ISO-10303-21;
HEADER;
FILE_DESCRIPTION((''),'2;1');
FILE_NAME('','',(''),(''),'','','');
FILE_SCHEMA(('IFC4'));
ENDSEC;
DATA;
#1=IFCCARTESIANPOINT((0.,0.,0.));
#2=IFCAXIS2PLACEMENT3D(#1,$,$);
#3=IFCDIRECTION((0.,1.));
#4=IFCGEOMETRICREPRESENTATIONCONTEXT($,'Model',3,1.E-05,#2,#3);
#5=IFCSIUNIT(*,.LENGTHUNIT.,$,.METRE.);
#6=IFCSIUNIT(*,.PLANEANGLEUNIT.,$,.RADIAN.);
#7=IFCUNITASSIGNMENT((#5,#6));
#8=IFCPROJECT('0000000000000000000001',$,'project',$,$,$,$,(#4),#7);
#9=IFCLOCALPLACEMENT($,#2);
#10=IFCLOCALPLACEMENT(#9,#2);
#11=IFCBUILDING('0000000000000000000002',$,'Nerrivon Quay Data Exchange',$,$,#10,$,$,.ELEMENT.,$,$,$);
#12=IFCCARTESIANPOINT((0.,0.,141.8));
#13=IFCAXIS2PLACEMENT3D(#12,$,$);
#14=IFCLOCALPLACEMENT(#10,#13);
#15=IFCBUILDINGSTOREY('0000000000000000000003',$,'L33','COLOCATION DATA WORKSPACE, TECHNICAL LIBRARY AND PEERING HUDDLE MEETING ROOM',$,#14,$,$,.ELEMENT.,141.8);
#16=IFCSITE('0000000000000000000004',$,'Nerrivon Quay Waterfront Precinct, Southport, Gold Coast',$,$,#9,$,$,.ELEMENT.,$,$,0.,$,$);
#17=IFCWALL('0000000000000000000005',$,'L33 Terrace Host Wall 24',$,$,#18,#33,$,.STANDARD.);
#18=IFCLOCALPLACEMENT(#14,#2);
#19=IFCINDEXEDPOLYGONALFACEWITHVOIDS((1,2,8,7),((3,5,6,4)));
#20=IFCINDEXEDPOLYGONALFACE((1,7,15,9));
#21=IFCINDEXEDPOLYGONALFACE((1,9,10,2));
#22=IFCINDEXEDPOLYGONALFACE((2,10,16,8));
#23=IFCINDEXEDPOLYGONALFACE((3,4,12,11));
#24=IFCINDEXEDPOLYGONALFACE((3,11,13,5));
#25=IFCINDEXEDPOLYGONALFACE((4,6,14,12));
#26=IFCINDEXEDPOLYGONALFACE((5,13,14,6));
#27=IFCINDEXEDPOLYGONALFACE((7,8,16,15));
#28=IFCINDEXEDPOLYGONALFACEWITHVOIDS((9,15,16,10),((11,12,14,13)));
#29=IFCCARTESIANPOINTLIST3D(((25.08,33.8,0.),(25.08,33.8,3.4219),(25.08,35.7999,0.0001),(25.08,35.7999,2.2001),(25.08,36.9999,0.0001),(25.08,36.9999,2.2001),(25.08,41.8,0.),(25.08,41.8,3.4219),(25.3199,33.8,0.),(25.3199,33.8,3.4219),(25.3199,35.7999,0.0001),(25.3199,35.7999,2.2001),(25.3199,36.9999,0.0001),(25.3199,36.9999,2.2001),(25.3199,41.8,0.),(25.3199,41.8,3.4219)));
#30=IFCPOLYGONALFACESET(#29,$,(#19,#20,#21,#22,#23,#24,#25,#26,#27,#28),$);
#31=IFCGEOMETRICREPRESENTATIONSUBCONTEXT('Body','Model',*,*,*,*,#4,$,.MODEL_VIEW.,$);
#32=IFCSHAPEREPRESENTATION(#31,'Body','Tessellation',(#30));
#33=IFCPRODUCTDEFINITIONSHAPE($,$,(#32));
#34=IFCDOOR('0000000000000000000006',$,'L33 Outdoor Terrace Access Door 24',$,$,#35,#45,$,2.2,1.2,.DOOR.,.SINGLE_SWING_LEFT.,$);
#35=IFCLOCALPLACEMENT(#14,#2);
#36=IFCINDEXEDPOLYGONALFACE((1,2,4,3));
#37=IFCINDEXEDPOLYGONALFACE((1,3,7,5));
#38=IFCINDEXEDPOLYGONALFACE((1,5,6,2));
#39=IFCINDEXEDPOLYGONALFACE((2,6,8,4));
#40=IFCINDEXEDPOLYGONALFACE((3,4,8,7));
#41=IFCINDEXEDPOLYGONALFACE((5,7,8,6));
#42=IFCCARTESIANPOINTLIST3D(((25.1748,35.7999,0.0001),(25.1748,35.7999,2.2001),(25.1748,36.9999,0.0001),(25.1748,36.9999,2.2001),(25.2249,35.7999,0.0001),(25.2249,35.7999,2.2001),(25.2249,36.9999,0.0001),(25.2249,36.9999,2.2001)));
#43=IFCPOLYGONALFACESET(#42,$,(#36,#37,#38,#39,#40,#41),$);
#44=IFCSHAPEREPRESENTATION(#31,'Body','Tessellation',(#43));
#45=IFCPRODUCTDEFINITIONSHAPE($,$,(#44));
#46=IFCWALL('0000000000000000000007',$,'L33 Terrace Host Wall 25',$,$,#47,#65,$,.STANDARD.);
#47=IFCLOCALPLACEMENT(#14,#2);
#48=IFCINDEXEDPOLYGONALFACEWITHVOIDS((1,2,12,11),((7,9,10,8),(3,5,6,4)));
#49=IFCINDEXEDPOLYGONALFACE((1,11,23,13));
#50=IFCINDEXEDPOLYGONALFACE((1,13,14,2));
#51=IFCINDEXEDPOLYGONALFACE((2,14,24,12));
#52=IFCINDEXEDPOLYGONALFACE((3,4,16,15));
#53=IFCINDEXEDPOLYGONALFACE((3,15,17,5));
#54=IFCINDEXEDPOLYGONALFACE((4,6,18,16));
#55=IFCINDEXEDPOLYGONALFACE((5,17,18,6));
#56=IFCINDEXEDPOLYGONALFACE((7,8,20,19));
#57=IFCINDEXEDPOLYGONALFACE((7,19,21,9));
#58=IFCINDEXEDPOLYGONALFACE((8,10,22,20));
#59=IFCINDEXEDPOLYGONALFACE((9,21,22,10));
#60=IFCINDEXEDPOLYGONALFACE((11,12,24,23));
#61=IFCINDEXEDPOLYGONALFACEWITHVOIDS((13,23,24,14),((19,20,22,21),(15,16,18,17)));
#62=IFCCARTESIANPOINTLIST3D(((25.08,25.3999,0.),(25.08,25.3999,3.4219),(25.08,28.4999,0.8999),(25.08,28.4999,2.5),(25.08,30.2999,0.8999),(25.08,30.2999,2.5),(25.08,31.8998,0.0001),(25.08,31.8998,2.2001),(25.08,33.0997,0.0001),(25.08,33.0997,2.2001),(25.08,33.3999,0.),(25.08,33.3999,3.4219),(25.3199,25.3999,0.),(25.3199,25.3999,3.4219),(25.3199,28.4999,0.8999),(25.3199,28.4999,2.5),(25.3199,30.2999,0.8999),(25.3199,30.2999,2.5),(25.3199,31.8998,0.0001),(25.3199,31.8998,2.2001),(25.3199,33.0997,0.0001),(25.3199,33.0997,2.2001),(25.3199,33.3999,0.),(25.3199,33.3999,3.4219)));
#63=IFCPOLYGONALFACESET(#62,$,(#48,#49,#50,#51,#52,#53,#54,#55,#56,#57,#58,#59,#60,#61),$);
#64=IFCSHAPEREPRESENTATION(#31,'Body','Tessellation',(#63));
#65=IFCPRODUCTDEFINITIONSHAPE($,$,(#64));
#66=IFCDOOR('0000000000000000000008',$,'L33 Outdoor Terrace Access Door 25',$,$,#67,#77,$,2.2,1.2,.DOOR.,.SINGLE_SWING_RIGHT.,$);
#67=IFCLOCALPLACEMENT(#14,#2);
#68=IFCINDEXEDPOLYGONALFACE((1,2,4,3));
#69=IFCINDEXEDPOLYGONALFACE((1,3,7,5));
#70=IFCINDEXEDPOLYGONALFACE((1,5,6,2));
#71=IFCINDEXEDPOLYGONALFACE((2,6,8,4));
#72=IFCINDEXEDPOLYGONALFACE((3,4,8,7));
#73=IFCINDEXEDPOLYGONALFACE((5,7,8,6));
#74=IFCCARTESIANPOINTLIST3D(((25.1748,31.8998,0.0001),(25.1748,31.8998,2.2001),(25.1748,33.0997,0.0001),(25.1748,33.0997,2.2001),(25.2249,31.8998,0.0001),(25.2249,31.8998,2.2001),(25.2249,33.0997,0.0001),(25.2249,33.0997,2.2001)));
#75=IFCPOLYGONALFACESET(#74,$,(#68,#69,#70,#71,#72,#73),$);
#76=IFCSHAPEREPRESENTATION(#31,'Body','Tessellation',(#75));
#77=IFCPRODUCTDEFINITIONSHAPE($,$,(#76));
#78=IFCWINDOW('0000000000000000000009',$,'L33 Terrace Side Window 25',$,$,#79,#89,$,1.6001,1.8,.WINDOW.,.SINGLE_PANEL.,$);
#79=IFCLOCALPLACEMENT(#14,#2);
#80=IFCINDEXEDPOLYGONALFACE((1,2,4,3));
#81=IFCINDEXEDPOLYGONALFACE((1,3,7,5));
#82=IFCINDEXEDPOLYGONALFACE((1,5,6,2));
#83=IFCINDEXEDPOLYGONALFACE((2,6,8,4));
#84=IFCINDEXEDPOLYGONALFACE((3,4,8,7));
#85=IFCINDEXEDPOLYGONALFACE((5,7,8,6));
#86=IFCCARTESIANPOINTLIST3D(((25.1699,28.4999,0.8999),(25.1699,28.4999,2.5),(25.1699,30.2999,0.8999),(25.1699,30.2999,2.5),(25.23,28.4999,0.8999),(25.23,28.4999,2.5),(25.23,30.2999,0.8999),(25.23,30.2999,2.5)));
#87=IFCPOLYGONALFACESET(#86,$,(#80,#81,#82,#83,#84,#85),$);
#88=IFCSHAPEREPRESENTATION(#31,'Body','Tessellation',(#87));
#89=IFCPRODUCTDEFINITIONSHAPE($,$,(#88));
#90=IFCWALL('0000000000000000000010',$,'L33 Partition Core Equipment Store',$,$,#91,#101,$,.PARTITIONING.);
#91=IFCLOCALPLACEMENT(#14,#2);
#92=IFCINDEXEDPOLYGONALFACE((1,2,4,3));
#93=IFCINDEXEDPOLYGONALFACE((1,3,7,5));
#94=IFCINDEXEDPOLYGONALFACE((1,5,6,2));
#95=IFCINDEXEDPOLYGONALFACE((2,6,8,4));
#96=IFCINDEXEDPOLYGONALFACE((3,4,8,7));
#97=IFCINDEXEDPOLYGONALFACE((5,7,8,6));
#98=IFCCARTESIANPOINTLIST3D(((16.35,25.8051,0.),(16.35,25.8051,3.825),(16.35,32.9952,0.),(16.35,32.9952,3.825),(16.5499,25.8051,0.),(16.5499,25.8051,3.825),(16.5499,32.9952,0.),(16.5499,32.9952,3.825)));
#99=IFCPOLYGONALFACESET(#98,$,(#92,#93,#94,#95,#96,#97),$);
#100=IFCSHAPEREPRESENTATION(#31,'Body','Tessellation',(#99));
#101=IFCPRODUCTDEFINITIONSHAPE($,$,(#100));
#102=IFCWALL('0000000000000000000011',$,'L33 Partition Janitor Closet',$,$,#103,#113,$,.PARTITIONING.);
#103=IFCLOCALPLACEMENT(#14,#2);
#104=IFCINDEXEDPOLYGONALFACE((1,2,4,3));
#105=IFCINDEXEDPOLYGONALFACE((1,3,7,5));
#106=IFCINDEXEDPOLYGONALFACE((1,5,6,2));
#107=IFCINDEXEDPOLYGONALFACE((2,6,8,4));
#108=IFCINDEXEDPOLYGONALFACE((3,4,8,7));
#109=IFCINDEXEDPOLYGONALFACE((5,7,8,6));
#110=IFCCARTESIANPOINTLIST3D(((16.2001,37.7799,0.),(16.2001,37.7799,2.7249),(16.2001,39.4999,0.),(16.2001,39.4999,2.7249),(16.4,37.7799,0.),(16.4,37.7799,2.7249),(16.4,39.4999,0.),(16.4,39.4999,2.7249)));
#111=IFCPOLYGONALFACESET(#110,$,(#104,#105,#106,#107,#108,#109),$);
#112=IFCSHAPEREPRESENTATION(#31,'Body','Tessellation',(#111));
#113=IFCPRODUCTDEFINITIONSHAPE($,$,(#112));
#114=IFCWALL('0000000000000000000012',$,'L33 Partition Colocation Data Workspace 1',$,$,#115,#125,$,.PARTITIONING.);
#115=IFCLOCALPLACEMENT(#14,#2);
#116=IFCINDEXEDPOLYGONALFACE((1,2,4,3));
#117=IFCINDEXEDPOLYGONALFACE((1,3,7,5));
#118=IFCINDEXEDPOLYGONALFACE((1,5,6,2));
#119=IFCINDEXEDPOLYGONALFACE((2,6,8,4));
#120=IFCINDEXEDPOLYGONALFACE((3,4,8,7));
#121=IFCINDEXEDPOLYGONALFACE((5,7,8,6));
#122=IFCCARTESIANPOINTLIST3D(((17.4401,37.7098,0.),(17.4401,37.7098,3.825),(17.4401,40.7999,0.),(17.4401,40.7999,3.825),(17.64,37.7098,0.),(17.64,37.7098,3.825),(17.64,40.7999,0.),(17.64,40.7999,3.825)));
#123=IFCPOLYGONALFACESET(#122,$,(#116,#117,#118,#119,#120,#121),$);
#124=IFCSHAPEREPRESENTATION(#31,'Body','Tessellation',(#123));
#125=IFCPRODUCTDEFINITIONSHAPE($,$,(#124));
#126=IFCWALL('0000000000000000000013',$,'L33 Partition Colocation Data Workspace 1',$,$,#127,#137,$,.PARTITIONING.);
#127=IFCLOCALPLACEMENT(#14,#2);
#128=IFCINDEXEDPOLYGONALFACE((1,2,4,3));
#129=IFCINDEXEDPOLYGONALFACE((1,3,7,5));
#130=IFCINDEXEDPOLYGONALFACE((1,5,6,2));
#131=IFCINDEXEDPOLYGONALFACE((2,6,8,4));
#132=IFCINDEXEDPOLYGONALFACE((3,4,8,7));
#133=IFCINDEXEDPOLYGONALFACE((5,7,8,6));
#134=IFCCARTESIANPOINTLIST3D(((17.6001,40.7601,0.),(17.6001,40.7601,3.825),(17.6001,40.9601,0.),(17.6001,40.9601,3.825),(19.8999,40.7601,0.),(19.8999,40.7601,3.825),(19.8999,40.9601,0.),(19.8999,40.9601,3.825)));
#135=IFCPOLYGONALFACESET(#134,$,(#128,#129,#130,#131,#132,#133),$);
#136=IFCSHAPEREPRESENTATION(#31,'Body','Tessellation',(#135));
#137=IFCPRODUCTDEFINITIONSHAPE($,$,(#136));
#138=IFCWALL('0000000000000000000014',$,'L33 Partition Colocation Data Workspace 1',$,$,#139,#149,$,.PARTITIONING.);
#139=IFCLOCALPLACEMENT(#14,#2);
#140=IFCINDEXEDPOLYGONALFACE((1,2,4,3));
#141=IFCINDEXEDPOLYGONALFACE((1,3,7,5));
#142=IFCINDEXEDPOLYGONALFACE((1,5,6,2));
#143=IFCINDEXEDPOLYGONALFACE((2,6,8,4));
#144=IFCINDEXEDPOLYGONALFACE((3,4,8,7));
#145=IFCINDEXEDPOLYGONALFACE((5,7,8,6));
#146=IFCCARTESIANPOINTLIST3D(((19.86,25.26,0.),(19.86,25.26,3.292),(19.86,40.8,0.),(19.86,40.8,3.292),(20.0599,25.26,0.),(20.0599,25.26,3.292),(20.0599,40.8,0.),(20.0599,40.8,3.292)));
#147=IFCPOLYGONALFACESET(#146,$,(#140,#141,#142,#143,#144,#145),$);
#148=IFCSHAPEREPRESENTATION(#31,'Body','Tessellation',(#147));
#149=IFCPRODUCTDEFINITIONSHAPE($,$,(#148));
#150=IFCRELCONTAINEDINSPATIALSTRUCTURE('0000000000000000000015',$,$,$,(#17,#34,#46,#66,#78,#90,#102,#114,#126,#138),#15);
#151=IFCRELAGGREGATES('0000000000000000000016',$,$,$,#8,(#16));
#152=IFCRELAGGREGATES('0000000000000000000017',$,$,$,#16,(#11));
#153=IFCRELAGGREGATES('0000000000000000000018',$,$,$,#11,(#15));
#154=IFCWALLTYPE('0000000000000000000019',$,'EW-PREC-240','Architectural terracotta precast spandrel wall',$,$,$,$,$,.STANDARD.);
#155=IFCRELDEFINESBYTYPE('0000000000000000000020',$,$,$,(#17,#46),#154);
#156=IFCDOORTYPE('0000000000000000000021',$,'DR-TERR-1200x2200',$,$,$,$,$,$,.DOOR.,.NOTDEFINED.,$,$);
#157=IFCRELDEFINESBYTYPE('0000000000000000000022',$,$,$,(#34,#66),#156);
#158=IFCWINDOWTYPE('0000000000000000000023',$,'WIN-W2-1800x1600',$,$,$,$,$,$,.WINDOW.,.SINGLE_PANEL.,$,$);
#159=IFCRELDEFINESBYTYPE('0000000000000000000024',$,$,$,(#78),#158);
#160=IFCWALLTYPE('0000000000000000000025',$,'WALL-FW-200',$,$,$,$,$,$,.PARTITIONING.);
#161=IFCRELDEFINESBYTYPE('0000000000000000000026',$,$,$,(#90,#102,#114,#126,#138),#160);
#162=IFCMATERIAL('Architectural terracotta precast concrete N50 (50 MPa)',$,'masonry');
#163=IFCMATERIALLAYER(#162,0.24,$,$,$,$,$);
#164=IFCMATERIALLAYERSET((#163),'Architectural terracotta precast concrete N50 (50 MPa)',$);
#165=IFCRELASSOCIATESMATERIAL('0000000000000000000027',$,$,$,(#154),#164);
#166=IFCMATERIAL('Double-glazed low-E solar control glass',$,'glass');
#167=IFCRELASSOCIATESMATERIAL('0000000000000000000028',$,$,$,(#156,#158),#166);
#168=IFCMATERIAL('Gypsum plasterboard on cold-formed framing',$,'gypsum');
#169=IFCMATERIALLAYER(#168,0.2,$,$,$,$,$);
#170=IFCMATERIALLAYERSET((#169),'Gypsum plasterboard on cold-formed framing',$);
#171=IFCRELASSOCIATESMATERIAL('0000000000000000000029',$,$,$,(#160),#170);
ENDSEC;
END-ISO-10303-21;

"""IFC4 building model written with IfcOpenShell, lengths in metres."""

from ifc_helpers import new_model, si_unit, direction, frame, frame_2d, origin, place, context, subcontext, project, spatial, rectangle, extrude, material, layer, layer_set, type_object, element, fill, save


model = new_model("IFC4")

# Units and contexts
model_context = context("Model", 3, precision=1e-05, world=origin(), true_north=direction((0.0, 1.0)))
body_context = subcontext(model_context, "Body", "Model", "MODEL_VIEW")
ifc_project = project(units=[si_unit("LENGTHUNIT", "METRE"), si_unit("PLANEANGLEUNIT", "RADIAN")], contexts=[model_context])

# Site, building, storey
site_placement = place(None, origin())
site = spatial("IfcSite", under=ifc_project, at=site_placement, Name="Nerrivon Quay Waterfront Precinct, Southport, Gold Coast", CompositionType="ELEMENT", RefElevation=0.0)
building_placement = place(site_placement, origin())
building = spatial("IfcBuilding", under=site, at=building_placement, Name="Nerrivon Quay Data Exchange", CompositionType="ELEMENT")
storey_placement = place(building_placement, frame((0.0, 0.0, 141.8)))
storey = spatial("IfcBuildingStorey", under=building, at=storey_placement, Name="L33", Description="COLOCATION DATA WORKSPACE, TECHNICAL LIBRARY AND PEERING HUDDLE MEETING ROOM", CompositionType="ELEMENT", Elevation=141.8)

# Wall, opening, door
ifc_material_1 = material(Name="Architectural terracotta precast concrete N50 (50 MPa)", Category="masonry")
ifc_layer_1 = layer(ifc_material_1, 0.24)
ifc_layer_set_1 = layer_set([ifc_layer_1], Name="Architectural terracotta precast concrete N50 (50 MPa)")
wall_type_1 = type_object("IfcWallType", Name="EW-PREC-240", Description="Architectural terracotta precast spandrel wall", PredefinedType="STANDARD", material=ifc_layer_set_1)
wall_1_placement = place(storey_placement, frame((25.2, 41.8, 0.0), z_axis=(0.0, 0.0, 1.0), x_axis=(0.0, -1.0, 0.0)))
wall_1 = element("IfcWall", 1, at=wall_1_placement, inside=storey, type_object=wall_type_1, Name="L33 Terrace Host Wall 24", PredefinedType="STANDARD", context=body_context, shape_type="SweptSolid", body=[
    extrude(rectangle(XDim=8.0, YDim=0.24, at=frame_2d((4.0, 0.0))), origin(), (0.0, 0.0, 1.0), 3.4219),
])
opening_1_placement = place(wall_1_placement, frame((4.8, 0.0, 0.0)))
opening_1 = element("IfcOpeningElement", 2, at=opening_1_placement, cuts=wall_1, PredefinedType="OPENING", context=body_context, shape_type="SweptSolid", body=[
    extrude(rectangle(XDim=1.2, YDim=2.2, at=frame_2d((0.6001, 1.1001))), frame((0.0, 0.1299, 0.0), z_axis=(0.0, -1.0, 0.0), x_axis=(1.0, 0.0, 0.0)), (0.0, 0.0, 1.0), 0.26),
])
ifc_material_2 = material(Name="Double-glazed low-E solar control glass", Category="glass")
door_type_1 = type_object("IfcDoorType", Name="DR-TERR-1200x2200", OperationType="NOTDEFINED", PredefinedType="DOOR", material=ifc_material_2)
door_1_placement = place(opening_1_placement, origin())
door_1 = element("IfcDoor", 3, at=door_1_placement, inside=storey, type_object=door_type_1, Name="L33 Outdoor Terrace Access Door 24", OperationType="SINGLE_SWING_LEFT", OverallHeight=2.2, OverallWidth=1.2, PredefinedType="DOOR", context=body_context, shape_type="SweptSolid", body=[
    extrude(rectangle(XDim=1.2, YDim=2.2, at=frame_2d((0.6001, 1.1001))), frame((0.0, 0.0249, 0.0), z_axis=(0.0, -1.0, 0.0), x_axis=(1.0, 0.0, 0.0)), (0.0, 0.0, 1.0), 0.05),
])
fill(opening_1, door_1)

# Wall, openings, door, window
wall_2_placement = place(storey_placement, frame((25.2, 33.3999, 0.0), z_axis=(0.0, 0.0, 1.0), x_axis=(0.0, -1.0, 0.0)))
wall_2 = element("IfcWall", 4, at=wall_2_placement, inside=storey, type_object=wall_type_1, Name="L33 Terrace Host Wall 25", PredefinedType="STANDARD", context=body_context, shape_type="SweptSolid", body=[
    extrude(rectangle(XDim=8.0, YDim=0.24, at=frame_2d((4.0, 0.0))), origin(), (0.0, 0.0, 1.0), 3.4219),
])
opening_2_placement = place(wall_2_placement, frame((0.3, 0.0, 0.0)))
opening_2 = element("IfcOpeningElement", 5, at=opening_2_placement, cuts=wall_2, PredefinedType="OPENING", context=body_context, shape_type="SweptSolid", body=[
    extrude(rectangle(XDim=1.2, YDim=2.2, at=frame_2d((0.6001, 1.1001))), frame((0.0, 0.1299, 0.0), z_axis=(0.0, -1.0, 0.0), x_axis=(1.0, 0.0, 0.0)), (0.0, 0.0, 1.0), 0.26),
])
opening_3_placement = place(wall_2_placement, frame((3.1001, 0.0, 0.8999)))
opening_3 = element("IfcOpeningElement", 6, at=opening_3_placement, cuts=wall_2, PredefinedType="OPENING", context=body_context, shape_type="SweptSolid", body=[
    extrude(rectangle(XDim=1.8, YDim=1.6001, at=frame_2d((0.8999, 0.8))), frame((0.0, 0.1299, 0.0), z_axis=(0.0, -1.0, 0.0), x_axis=(1.0, 0.0, 0.0)), (0.0, 0.0, 1.0), 0.26),
])
door_2_placement = place(opening_2_placement, origin())
door_2 = element("IfcDoor", 7, at=door_2_placement, inside=storey, type_object=door_type_1, Name="L33 Outdoor Terrace Access Door 25", OperationType="SINGLE_SWING_RIGHT", OverallHeight=2.2, OverallWidth=1.2, PredefinedType="DOOR", context=body_context, shape_type="SweptSolid", body=[
    extrude(rectangle(XDim=1.2, YDim=2.2, at=frame_2d((0.6001, 1.1001))), frame((0.0, 0.0249, 0.0), z_axis=(0.0, -1.0, 0.0), x_axis=(1.0, 0.0, 0.0)), (0.0, 0.0, 1.0), 0.05),
])
fill(opening_2, door_2)
window_type = type_object("IfcWindowType", Name="WIN-W2-1800x1600", PartitioningType="SINGLE_PANEL", PredefinedType="WINDOW", material=ifc_material_2)
window_placement = place(opening_3_placement, origin())
window = element("IfcWindow", 8, at=window_placement, inside=storey, type_object=window_type, Name="L33 Terrace Side Window 25", OverallHeight=1.6001, OverallWidth=1.8, PartitioningType="SINGLE_PANEL", PredefinedType="WINDOW", context=body_context, shape_type="SweptSolid", body=[
    extrude(rectangle(XDim=1.8, YDim=1.6001, at=frame_2d((0.8999, 0.8))), frame((0.0, 0.03, 0.0), z_axis=(0.0, -1.0, 0.0), x_axis=(1.0, 0.0, 0.0)), (0.0, 0.0, 1.0), 0.0601),
])
fill(opening_3, window)

# Walls
ifc_material_3 = material(Name="Gypsum plasterboard on cold-formed framing", Category="gypsum")
ifc_layer_2 = layer(ifc_material_3, 0.2)
ifc_layer_set_2 = layer_set([ifc_layer_2], Name="Gypsum plasterboard on cold-formed framing")
wall_type_2 = type_object("IfcWallType", Name="WALL-FW-200", PredefinedType="PARTITIONING", material=ifc_layer_set_2)
wall_3_placement = place(storey_placement, frame((16.45, 25.8049, 0.0), z_axis=(0.0, 0.0, 1.0), x_axis=(0.0, 1.0, 0.0)))
element("IfcWall", 9, at=wall_3_placement, inside=storey, type_object=wall_type_2, Name="L33 Partition Core Equipment Store", PredefinedType="PARTITIONING", context=body_context, shape_type="SweptSolid", body=[
    extrude(rectangle(XDim=7.1902, YDim=0.2, at=frame_2d((3.5952, 0.0))), origin(), (0.0, 0.0, 1.0), 3.825),
])
wall_4_placement = place(storey_placement, frame((16.3, 37.78, 0.0), z_axis=(0.0, 0.0, 1.0), x_axis=(0.0, 1.0, 0.0)))
element("IfcWall", 10, at=wall_4_placement, inside=storey, type_object=wall_type_2, Name="L33 Partition Janitor Closet", PredefinedType="PARTITIONING", context=body_context, shape_type="SweptSolid", body=[
    extrude(rectangle(XDim=1.72, YDim=0.2, at=frame_2d((0.8599, 0.0))), origin(), (0.0, 0.0, 1.0), 2.7249),
])
wall_5_placement = place(storey_placement, frame((17.54, 37.71, 0.0), z_axis=(0.0, 0.0, 1.0), x_axis=(0.0, 1.0, 0.0)))
element("IfcWall", 11, at=wall_5_placement, inside=storey, type_object=wall_type_2, Name="L33 Partition Colocation Data Workspace 1", PredefinedType="PARTITIONING", context=body_context, shape_type="SweptSolid", body=[
    extrude(rectangle(XDim=3.0901, YDim=0.2, at=frame_2d((1.5449, 0.0))), origin(), (0.0, 0.0, 1.0), 3.825),
])
wall_6_placement = place(storey_placement, frame((17.6001, 40.8601, 0.0), z_axis=(0.0, 0.0, 1.0), x_axis=(1.0, 0.0, 0.0)))
element("IfcWall", 12, at=wall_6_placement, inside=storey, type_object=wall_type_2, Name="L33 Partition Colocation Data Workspace 1", PredefinedType="PARTITIONING", context=body_context, shape_type="SweptSolid", body=[
    extrude(rectangle(XDim=2.2998, YDim=0.2, at=frame_2d((1.1499, 0.0))), origin(), (0.0, 0.0, 1.0), 3.825),
])
wall_7_placement = place(storey_placement, frame((19.96, 40.8, 0.0), z_axis=(0.0, 0.0, 1.0), x_axis=(0.0, -1.0, 0.0)))
element("IfcWall", 13, at=wall_7_placement, inside=storey, type_object=wall_type_2, Name="L33 Partition Colocation Data Workspace 1", PredefinedType="PARTITIONING", context=body_context, shape_type="SweptSolid", body=[
    extrude(rectangle(XDim=15.54, YDim=0.2, at=frame_2d((7.77, 0.0))), origin(), (0.0, 0.0, 1.0), 3.292),
])

save(model, "model.ifc")
